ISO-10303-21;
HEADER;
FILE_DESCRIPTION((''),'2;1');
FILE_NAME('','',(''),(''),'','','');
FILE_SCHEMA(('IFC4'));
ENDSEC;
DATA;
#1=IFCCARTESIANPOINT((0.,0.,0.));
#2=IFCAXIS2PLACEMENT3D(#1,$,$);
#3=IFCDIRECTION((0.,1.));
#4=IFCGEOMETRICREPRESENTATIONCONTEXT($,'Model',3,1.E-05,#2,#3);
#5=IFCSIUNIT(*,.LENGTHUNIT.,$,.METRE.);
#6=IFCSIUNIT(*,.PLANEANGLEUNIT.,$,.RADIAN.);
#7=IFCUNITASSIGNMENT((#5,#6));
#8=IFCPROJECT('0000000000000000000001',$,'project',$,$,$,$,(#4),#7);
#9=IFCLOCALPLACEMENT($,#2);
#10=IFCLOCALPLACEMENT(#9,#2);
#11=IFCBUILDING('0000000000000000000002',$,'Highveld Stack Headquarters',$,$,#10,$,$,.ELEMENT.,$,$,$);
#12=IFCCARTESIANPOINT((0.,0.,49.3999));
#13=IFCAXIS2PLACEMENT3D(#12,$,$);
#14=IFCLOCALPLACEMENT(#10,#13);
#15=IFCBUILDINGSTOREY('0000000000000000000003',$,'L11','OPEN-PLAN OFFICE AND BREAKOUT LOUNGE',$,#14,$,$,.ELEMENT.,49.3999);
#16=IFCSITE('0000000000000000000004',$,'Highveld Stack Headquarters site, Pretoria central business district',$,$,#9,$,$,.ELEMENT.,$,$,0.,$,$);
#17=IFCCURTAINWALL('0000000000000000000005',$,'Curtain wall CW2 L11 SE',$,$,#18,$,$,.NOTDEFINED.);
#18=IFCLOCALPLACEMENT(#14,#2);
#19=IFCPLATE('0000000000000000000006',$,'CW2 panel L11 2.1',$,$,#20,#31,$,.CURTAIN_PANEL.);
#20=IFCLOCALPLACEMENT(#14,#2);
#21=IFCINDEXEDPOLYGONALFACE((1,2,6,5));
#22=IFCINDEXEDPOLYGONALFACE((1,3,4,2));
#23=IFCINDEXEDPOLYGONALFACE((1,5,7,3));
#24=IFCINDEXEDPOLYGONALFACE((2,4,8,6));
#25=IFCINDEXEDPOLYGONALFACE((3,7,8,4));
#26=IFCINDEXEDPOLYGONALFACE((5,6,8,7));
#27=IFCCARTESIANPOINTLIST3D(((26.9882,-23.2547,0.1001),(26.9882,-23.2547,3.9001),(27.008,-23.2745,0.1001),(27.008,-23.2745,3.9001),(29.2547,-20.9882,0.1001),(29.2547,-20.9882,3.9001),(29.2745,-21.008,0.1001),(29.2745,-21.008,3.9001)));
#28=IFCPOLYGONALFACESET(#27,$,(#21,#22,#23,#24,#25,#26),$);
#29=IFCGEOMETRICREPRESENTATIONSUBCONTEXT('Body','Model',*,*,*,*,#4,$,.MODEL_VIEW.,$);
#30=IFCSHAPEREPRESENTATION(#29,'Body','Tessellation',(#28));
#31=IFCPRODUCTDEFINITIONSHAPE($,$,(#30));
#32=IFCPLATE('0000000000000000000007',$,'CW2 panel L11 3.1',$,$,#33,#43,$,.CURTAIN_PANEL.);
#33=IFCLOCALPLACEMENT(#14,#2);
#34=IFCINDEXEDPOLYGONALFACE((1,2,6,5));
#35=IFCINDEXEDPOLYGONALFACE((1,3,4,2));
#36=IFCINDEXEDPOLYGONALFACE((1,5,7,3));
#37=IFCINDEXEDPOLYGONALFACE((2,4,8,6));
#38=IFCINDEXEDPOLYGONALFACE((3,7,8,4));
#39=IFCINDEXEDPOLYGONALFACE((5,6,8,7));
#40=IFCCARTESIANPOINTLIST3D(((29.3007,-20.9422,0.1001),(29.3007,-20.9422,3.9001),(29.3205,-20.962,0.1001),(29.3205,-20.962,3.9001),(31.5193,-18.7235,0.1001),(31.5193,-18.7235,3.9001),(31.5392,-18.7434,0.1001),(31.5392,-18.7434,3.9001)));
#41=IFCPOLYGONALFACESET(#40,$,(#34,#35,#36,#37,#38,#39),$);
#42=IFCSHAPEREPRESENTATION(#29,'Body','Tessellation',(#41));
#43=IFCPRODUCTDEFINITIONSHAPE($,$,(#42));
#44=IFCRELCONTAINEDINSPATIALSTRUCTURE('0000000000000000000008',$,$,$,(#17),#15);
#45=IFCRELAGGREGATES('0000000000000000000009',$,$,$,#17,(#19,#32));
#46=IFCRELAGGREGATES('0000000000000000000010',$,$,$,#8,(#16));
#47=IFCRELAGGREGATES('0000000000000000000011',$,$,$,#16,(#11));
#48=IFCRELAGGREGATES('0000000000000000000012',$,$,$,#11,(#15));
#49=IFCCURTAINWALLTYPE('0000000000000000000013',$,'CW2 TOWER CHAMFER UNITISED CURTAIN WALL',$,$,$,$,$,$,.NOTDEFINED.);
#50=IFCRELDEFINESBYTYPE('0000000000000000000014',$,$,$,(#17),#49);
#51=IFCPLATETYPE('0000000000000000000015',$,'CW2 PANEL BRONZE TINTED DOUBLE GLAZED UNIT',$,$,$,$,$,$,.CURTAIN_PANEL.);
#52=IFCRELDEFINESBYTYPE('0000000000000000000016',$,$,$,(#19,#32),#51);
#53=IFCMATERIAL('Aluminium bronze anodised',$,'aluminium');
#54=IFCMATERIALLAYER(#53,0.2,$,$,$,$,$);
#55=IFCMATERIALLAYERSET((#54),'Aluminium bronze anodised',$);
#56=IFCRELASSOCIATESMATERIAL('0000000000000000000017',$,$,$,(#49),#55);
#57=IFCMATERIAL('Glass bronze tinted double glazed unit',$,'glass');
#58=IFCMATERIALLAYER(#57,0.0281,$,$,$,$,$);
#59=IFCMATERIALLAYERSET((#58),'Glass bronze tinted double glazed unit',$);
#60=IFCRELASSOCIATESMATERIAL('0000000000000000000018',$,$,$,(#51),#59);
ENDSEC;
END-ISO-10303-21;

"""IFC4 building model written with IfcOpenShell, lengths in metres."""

from ifc_helpers import new_model, si_unit, direction, frame, origin, origin_2d, place, context, subcontext, project, spatial, rectangle, extrude, material, layer, layer_set, type_object, element, aggregate, save


model = new_model("IFC4")

# Units and contexts
model_context = context("Model", 3, precision=1e-05, world=origin(), true_north=direction((0.0, 1.0)))
body_context = subcontext(model_context, "Body", "Model", "MODEL_VIEW")
ifc_project = project(units=[si_unit("LENGTHUNIT", "METRE"), si_unit("PLANEANGLEUNIT", "RADIAN")], contexts=[model_context])

# Site, building, storey
site_placement = place(None, origin())
site = spatial("IfcSite", under=ifc_project, at=site_placement, Name="Highveld Stack Headquarters site, Pretoria central business district", CompositionType="ELEMENT", RefElevation=0.0)
building_placement = place(site_placement, origin())
building = spatial("IfcBuilding", under=site, at=building_placement, Name="Highveld Stack Headquarters", CompositionType="ELEMENT")
storey_placement = place(building_placement, frame((0.0, 0.0, 49.3999)))
storey = spatial("IfcBuildingStorey", under=building, at=storey_placement, Name="L11", Description="OPEN-PLAN OFFICE AND BREAKOUT LOUNGE", CompositionType="ELEMENT", Elevation=49.3999)

# Curtain wall
ifc_material_1 = material(Name="Aluminium bronze anodised", Category="aluminium")
ifc_layer_1 = layer(ifc_material_1, 0.2)
ifc_layer_set_1 = layer_set([ifc_layer_1], Name="Aluminium bronze anodised")
curtain_wall_type_1 = type_object("IfcCurtainWallType", Name="CW2 TOWER CHAMFER UNITISED CURTAIN WALL", PredefinedType="NOTDEFINED", material=ifc_layer_set_1)
curtain_wall_1_placement = place(storey_placement, origin())
curtain_wall_1 = element("IfcCurtainWall", 1, at=curtain_wall_1_placement, inside=storey, type_object=curtain_wall_type_1, Name="Curtain wall CW2 L11 SE", PredefinedType="NOTDEFINED")

# Plates
ifc_material_2 = material(Name="Glass bronze tinted double glazed unit", Category="glass")
ifc_layer_2 = layer(ifc_material_2, 0.0281)
ifc_layer_set_2 = layer_set([ifc_layer_2], Name="Glass bronze tinted double glazed unit")
plate_type_1 = type_object("IfcPlateType", Name="CW2 PANEL BRONZE TINTED DOUBLE GLAZED UNIT", PredefinedType="CURTAIN_PANEL", material=ifc_layer_set_2)
plate_1_placement = place(storey_placement, frame((28.1313, -22.1313, 0.1001), z_axis=(0.0, 0.0, 1.0), x_axis=(0.707107, 0.707107, 0.0)))
plate_1 = element("IfcPlate", 2, at=plate_1_placement, type_object=plate_type_1, Name="CW2 panel L11 2.1", PredefinedType="CURTAIN_PANEL", context=body_context, shape_type="SweptSolid", body=[
    extrude(rectangle(XDim=3.2053, YDim=0.0281, at=origin_2d()), origin(), (0.0, 0.0, 1.0), 3.8),
])
plate_2_placement = place(storey_placement, frame((30.4199, -19.8428, 0.1001), z_axis=(0.0, 0.0, 1.0), x_axis=(0.707107, 0.707107, 0.0)))
plate_2 = element("IfcPlate", 3, at=plate_2_placement, type_object=plate_type_1, Name="CW2 panel L11 3.1", PredefinedType="CURTAIN_PANEL", context=body_context, shape_type="SweptSolid", body=[
    extrude(rectangle(XDim=3.1377, YDim=0.0281, at=origin_2d()), origin(), (0.0, 0.0, 1.0), 3.8),
])
aggregate(curtain_wall_1, [plate_1, plate_2])

save(model, "model.ifc")
